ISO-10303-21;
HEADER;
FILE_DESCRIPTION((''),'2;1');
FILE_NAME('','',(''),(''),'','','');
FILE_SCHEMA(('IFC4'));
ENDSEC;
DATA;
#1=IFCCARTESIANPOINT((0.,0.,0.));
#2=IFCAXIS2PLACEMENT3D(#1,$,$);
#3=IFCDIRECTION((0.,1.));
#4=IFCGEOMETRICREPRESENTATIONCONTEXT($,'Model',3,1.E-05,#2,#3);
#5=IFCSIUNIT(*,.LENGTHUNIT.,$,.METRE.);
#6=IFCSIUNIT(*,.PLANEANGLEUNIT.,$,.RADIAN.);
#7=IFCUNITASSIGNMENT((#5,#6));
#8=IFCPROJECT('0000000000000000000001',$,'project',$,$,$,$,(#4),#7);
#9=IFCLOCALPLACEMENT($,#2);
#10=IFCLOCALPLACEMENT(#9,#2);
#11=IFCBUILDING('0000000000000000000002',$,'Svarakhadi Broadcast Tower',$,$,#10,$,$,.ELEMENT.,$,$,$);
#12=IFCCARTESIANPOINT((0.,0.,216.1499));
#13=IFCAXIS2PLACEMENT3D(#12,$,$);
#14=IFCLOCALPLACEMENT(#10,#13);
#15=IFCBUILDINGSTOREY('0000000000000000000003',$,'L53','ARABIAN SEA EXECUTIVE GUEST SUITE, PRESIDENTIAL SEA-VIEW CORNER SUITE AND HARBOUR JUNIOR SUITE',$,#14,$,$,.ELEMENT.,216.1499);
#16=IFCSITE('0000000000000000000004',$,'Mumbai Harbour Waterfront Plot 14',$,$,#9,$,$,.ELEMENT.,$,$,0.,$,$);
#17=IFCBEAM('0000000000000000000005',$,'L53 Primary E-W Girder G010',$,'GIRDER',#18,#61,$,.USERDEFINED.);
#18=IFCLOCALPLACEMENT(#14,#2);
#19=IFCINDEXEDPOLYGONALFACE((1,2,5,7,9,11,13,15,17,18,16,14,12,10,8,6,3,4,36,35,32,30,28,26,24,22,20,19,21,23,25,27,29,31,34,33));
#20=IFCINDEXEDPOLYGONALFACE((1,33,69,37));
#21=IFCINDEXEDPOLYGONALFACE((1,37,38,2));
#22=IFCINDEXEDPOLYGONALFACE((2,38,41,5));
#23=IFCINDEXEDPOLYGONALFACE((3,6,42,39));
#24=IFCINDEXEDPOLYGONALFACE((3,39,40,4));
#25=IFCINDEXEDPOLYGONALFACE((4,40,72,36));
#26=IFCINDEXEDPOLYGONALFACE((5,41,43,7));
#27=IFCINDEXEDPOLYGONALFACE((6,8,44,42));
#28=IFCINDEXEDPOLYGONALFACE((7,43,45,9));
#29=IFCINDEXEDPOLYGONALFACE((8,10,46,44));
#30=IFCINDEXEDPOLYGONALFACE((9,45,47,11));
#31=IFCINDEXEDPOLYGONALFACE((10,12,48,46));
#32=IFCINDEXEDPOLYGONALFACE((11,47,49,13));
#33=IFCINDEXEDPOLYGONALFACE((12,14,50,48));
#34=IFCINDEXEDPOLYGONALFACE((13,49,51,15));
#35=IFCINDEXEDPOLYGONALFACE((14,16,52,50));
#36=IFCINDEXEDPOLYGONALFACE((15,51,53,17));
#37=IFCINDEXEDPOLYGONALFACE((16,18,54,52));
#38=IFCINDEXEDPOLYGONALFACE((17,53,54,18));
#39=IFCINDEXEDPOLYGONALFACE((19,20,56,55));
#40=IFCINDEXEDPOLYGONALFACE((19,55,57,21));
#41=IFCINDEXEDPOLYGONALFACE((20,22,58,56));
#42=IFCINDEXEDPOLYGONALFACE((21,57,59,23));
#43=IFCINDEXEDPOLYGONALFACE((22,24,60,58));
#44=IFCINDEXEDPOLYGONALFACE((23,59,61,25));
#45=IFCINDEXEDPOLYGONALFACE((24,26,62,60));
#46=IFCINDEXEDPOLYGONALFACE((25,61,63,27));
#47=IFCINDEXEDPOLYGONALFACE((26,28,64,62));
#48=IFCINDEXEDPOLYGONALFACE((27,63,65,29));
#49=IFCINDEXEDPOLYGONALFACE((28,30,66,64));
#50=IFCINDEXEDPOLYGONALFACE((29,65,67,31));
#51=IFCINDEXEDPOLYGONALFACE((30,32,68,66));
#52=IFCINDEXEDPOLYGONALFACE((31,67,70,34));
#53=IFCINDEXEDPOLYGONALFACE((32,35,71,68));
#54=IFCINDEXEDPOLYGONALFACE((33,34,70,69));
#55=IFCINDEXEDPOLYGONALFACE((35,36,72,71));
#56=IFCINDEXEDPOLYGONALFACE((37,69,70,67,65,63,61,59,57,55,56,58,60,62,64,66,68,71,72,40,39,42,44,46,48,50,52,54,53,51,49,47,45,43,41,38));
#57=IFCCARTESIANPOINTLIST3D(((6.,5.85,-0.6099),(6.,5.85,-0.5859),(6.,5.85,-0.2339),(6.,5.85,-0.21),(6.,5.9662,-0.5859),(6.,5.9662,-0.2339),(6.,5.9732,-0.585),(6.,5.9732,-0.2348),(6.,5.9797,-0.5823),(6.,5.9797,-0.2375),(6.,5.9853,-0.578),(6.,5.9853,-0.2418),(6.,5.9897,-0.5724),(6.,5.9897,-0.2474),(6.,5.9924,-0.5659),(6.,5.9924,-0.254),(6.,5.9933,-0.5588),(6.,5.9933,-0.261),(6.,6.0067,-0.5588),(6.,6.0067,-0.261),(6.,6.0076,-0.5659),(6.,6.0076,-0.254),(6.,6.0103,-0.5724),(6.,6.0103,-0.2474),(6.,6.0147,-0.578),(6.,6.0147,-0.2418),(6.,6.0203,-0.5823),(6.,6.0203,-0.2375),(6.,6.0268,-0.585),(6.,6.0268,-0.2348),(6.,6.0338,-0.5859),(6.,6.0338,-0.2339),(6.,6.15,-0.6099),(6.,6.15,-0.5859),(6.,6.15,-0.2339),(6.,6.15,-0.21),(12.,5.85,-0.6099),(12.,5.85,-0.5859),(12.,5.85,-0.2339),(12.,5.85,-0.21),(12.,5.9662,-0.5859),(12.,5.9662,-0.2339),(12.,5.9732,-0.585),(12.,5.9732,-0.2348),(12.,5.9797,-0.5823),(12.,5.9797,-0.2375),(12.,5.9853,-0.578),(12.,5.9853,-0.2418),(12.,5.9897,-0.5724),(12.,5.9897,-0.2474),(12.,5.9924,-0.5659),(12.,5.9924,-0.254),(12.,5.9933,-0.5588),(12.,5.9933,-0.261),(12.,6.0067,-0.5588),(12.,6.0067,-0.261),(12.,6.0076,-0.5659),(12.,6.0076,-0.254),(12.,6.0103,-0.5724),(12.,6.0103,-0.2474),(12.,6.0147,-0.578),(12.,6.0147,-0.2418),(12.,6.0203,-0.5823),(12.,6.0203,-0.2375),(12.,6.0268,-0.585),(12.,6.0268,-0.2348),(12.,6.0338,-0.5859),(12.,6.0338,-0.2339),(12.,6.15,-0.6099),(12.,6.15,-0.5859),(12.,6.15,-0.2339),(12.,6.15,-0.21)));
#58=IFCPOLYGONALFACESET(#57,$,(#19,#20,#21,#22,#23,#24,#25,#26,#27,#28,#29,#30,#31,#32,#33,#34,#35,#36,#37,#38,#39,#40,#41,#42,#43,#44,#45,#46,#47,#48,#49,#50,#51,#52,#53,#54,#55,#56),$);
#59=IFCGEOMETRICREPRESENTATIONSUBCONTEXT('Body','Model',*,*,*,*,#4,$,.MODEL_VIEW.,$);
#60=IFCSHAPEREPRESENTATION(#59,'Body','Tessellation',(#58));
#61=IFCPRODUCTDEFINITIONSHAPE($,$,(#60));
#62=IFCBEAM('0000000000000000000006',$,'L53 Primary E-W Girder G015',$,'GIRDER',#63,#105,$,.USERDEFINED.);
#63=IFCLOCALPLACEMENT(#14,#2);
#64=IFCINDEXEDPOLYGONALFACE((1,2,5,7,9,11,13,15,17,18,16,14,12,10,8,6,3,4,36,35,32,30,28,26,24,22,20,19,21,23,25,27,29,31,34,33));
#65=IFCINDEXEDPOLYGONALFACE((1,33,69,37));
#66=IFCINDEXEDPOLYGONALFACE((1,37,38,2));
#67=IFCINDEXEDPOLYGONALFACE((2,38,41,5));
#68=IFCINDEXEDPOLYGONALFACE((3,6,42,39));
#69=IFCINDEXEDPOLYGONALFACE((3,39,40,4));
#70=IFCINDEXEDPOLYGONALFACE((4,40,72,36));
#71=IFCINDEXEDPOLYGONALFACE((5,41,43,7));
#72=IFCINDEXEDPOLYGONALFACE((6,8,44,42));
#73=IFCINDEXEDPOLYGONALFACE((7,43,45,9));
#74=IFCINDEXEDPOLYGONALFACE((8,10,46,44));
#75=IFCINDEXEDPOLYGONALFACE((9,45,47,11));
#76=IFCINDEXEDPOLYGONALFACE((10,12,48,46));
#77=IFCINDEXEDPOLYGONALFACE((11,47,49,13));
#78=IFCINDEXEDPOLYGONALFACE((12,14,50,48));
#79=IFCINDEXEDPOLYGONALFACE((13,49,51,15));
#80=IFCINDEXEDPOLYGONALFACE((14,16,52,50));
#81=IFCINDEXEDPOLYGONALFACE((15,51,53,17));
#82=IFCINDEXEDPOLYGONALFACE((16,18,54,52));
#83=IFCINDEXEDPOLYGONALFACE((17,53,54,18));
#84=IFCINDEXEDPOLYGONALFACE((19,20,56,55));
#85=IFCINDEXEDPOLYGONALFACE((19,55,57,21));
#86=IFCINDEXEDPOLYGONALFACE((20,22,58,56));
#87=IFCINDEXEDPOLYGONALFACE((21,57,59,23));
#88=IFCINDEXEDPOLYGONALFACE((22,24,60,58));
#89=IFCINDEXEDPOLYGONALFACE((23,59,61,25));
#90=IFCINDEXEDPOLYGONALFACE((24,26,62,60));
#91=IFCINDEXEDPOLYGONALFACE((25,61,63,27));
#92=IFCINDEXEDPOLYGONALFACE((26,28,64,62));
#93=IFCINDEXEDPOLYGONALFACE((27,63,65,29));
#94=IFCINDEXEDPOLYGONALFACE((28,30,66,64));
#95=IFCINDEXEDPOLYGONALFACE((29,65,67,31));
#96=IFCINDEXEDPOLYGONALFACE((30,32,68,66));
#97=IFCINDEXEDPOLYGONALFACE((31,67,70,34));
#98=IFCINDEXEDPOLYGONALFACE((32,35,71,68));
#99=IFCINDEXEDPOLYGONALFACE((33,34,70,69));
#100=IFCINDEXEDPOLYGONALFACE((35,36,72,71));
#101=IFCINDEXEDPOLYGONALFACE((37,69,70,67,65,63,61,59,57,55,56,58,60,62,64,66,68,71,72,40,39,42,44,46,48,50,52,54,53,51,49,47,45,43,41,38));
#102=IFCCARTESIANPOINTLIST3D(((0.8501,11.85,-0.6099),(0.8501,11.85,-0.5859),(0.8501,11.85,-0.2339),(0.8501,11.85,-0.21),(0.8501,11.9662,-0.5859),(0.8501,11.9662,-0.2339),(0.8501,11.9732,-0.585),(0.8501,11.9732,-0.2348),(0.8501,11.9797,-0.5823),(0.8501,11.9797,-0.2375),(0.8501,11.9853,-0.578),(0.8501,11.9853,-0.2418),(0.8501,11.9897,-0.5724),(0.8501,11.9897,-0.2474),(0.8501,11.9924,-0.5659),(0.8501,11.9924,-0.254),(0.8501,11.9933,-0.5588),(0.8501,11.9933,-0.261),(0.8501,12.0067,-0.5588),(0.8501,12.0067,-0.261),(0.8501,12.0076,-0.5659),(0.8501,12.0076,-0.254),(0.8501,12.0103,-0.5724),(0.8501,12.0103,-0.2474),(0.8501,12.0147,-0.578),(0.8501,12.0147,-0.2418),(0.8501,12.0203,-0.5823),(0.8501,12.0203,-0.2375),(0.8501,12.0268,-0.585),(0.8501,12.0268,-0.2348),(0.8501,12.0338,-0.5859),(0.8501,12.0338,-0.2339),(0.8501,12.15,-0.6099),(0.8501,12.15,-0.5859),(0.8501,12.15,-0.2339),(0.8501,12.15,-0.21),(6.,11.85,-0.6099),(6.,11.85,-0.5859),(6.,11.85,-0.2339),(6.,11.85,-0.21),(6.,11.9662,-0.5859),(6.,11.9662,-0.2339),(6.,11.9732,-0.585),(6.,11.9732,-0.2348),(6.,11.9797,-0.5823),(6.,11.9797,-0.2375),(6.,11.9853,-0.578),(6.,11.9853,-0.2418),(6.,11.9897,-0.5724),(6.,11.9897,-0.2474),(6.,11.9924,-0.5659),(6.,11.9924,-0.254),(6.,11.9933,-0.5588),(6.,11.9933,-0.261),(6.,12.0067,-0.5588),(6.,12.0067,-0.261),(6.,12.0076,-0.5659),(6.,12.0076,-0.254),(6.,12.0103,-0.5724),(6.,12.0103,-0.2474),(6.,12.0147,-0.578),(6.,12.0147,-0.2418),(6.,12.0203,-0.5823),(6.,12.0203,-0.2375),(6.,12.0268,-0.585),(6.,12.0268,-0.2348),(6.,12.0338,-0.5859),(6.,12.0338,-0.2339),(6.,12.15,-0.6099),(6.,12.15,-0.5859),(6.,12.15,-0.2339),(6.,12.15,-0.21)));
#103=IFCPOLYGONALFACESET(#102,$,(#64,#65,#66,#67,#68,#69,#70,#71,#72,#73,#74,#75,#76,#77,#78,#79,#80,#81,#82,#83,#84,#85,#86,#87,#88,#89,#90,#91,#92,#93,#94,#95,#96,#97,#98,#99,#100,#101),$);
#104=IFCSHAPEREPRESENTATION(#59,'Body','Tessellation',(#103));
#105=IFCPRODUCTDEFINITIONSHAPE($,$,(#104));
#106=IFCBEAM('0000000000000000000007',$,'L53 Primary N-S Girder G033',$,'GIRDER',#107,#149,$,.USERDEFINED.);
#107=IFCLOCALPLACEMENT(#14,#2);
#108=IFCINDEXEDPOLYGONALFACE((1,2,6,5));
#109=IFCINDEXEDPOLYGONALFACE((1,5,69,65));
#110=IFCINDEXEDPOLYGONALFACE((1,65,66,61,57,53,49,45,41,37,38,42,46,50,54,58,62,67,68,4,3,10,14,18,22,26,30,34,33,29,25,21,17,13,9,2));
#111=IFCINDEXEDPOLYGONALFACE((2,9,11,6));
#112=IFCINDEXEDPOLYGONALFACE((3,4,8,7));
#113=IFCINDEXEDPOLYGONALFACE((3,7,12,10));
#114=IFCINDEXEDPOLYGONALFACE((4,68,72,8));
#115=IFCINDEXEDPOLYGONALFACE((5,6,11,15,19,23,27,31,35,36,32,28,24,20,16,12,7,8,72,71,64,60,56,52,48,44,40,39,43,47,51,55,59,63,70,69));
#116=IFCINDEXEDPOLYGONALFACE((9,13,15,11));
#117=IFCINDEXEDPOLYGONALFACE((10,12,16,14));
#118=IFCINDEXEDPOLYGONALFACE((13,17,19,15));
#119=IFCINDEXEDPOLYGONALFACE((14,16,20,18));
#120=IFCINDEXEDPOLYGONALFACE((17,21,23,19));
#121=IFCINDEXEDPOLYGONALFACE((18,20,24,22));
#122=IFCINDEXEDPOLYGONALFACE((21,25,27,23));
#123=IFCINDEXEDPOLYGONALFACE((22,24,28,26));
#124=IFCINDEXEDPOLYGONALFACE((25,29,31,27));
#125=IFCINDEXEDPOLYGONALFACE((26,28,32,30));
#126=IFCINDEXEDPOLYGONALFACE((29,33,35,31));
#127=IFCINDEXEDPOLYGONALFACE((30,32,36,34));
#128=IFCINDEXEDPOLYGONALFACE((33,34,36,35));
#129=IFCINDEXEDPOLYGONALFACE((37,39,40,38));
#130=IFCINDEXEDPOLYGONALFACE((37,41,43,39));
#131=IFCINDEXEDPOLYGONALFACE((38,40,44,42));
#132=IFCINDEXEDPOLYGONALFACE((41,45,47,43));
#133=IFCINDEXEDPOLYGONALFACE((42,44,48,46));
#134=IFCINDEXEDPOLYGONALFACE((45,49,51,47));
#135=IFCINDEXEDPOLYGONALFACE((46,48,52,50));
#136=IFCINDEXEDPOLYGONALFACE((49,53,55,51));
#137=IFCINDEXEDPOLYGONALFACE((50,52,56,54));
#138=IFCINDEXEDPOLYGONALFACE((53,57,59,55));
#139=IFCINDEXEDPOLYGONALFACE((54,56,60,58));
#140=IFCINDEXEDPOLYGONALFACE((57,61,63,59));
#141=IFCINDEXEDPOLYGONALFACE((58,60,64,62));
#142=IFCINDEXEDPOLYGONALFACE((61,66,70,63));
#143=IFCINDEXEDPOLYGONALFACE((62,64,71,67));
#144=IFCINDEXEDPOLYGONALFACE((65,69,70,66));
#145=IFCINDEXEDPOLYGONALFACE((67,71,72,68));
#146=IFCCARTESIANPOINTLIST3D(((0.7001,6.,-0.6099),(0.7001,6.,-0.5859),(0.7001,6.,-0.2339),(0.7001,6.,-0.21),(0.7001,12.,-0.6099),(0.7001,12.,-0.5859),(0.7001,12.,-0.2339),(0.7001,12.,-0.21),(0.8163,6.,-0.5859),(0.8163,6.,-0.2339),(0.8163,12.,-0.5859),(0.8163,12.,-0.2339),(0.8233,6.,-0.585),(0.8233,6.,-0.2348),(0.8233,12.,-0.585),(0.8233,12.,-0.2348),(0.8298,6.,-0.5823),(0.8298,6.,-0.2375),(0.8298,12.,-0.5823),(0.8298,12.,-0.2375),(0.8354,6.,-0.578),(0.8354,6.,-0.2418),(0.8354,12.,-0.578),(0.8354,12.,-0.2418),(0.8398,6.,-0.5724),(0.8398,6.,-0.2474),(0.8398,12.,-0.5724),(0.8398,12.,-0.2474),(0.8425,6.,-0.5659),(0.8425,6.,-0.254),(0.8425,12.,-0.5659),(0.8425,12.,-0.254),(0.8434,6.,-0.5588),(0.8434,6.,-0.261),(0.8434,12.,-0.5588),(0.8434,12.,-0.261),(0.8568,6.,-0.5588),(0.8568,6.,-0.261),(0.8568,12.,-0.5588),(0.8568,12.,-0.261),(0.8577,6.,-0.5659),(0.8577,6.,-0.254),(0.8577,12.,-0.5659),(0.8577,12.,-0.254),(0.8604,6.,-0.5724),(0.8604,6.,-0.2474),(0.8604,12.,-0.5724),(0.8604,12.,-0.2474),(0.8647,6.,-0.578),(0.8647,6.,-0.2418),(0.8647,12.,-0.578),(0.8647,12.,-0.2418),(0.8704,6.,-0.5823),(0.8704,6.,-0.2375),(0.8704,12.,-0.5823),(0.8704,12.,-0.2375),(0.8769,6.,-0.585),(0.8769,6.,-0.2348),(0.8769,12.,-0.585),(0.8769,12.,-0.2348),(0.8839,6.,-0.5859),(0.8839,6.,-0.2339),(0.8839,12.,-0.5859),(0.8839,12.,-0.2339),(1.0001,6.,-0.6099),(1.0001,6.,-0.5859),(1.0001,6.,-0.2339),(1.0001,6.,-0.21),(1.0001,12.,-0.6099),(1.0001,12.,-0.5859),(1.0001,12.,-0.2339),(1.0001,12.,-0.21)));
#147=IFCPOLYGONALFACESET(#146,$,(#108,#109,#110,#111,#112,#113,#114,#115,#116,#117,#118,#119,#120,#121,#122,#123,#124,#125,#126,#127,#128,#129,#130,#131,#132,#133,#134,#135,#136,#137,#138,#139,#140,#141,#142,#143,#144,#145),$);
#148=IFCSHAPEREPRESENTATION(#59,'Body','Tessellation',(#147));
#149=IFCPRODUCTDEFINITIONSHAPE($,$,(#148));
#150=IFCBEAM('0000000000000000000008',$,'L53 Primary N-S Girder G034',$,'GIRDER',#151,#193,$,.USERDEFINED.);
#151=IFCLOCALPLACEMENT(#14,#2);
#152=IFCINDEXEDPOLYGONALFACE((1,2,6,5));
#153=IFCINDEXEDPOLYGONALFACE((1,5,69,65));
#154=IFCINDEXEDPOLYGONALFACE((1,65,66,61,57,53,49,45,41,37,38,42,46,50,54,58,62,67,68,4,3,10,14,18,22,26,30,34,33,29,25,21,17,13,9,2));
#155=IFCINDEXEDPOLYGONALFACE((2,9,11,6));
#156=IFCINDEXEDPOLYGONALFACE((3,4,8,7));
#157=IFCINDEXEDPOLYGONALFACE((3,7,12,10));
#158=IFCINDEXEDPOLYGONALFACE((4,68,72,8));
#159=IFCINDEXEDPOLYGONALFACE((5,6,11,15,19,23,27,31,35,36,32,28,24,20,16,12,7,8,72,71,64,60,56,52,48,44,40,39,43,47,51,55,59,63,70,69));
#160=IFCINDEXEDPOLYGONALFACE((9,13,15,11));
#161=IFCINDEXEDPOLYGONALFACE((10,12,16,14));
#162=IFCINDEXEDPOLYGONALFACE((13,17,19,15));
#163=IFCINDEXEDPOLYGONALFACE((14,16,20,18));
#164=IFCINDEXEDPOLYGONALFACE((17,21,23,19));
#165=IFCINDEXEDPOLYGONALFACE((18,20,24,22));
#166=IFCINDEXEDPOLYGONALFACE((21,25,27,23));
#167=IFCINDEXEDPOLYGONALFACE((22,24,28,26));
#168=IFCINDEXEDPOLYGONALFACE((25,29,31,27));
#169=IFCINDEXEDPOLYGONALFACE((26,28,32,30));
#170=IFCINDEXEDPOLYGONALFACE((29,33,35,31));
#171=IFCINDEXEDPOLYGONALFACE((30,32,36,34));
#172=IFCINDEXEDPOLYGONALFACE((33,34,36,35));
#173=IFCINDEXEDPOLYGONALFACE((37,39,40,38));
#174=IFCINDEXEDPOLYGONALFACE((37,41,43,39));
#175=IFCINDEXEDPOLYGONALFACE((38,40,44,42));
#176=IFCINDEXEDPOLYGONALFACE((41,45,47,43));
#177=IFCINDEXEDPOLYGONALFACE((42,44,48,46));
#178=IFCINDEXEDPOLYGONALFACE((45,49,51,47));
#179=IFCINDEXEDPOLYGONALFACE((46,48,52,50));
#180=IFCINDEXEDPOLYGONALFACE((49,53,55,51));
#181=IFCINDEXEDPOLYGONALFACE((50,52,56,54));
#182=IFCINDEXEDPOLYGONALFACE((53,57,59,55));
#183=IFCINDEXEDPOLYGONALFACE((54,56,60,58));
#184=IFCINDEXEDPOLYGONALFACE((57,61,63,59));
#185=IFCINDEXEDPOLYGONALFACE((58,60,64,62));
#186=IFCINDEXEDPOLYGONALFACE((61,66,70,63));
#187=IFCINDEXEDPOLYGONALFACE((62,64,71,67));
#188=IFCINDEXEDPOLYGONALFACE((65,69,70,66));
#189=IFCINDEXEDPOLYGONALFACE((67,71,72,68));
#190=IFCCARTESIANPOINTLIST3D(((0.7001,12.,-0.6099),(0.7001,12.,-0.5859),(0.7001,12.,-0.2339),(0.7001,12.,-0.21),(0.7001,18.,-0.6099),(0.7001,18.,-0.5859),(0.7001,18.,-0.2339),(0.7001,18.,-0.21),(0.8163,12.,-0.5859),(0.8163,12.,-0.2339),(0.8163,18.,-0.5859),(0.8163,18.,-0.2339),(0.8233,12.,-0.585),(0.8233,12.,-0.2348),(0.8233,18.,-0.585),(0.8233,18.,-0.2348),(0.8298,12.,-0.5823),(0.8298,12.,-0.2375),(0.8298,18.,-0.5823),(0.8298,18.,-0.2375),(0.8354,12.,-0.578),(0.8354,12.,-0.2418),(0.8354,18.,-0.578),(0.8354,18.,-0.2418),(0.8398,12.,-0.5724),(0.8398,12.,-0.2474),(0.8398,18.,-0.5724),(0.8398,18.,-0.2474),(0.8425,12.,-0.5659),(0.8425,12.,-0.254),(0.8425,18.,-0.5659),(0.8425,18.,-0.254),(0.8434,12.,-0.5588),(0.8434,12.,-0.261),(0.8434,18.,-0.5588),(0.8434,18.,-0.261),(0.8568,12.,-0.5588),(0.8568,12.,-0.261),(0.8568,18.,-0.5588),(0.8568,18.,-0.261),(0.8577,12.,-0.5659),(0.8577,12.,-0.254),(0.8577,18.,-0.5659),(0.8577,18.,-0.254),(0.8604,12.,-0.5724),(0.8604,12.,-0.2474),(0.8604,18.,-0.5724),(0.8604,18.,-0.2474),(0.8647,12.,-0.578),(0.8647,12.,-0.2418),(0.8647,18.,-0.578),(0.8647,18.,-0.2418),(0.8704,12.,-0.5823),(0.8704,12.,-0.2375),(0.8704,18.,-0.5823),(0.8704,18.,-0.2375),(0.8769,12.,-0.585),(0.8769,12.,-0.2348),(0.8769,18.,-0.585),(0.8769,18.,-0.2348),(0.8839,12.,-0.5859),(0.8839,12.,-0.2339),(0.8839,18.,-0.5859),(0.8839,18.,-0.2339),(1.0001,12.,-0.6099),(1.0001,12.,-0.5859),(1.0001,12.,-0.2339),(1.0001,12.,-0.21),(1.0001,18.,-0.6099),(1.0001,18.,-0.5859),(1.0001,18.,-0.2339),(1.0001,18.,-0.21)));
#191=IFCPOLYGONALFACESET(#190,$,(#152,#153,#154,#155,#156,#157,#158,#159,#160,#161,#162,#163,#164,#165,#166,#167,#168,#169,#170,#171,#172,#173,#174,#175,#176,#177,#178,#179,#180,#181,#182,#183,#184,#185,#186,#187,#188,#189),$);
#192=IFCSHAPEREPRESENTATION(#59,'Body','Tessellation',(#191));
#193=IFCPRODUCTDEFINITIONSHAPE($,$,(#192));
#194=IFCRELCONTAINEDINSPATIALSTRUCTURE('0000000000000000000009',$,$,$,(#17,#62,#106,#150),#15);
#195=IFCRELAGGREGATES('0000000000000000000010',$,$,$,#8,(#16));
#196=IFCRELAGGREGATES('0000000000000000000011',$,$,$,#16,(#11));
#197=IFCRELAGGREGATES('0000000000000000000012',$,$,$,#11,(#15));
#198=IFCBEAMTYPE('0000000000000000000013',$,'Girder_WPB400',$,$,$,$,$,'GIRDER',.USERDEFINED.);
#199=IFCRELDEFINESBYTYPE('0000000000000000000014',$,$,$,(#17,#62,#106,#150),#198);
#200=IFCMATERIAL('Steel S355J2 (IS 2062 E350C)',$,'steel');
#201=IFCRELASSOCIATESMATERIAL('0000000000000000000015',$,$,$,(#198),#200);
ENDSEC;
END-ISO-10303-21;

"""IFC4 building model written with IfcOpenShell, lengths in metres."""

from ifc_helpers import new_model, si_unit, direction, frame, origin, origin_2d, place, context, subcontext, project, spatial, i_section, extrude, material, material_profile, profile_set, type_object, element, save


model = new_model("IFC4")

# Units and contexts
model_context = context("Model", 3, precision=1e-05, world=origin(), true_north=direction((0.0, 1.0)))
body_context = subcontext(model_context, "Body", "Model", "MODEL_VIEW")
ifc_project = project(units=[si_unit("LENGTHUNIT", "METRE"), si_unit("PLANEANGLEUNIT", "RADIAN")], contexts=[model_context])

# Site, building, storey
site_placement = place(None, origin())
site = spatial("IfcSite", under=ifc_project, at=site_placement, Name="Mumbai Harbour Waterfront Plot 14", CompositionType="ELEMENT", RefElevation=0.0)
building_placement = place(site_placement, origin())
building = spatial("IfcBuilding", under=site, at=building_placement, Name="Svarakhadi Broadcast Tower", CompositionType="ELEMENT")
storey_placement = place(building_placement, frame((0.0, 0.0, 216.1499)))
storey = spatial("IfcBuildingStorey", under=building, at=storey_placement, Name="L53", Description="ARABIAN SEA EXECUTIVE GUEST SUITE, PRESIDENTIAL SEA-VIEW CORNER SUITE AND HARBOUR JUNIOR SUITE", CompositionType="ELEMENT", Elevation=216.1499)

# Shared definitions
ifc_material_1 = material(Name="Steel S355J2 (IS 2062 E350C)", Category="steel")

# Beams
ifc_material_profile_1 = material_profile(ifc_material_1, i_section(OverallWidth=0.3, OverallDepth=0.3999, WebThickness=0.0134, FlangeThickness=0.0239, FilletRadius=0.0271, at=origin_2d()), Name="WPB 400x300x155")
ifc_profile_set_1 = profile_set([ifc_material_profile_1], Name="Steel S355J2 (IS 2062 E350C)")
beam_type_1 = type_object("IfcBeamType", Name="Girder_WPB400", ElementType="GIRDER", PredefinedType="USERDEFINED", material=ifc_profile_set_1)
beam_1_placement = place(storey_placement, frame((6.0, 6.0, -0.4099), z_axis=(1.0, 0.0, 0.0), x_axis=(0.0, 1.0, 0.0)))
element("IfcBeam", 1, at=beam_1_placement, inside=storey, type_object=beam_type_1, Name="L53 Primary E-W Girder G010", ObjectType="GIRDER", PredefinedType="USERDEFINED", context=body_context, shape_type="SweptSolid", body=[
    extrude(i_section(OverallWidth=0.3, OverallDepth=0.3999, WebThickness=0.0134, FlangeThickness=0.0239, FilletRadius=0.0271, at=origin_2d()), origin(), (0.0, 0.0, 1.0), 6.0),
])
beam_2_placement = place(storey_placement, frame((0.8501, 12.0, -0.4099), z_axis=(1.0, 0.0, 0.0), x_axis=(0.0, 1.0, 0.0)))
element("IfcBeam", 2, at=beam_2_placement, inside=storey, type_object=beam_type_1, Name="L53 Primary E-W Girder G015", ObjectType="GIRDER", PredefinedType="USERDEFINED", context=body_context, shape_type="SweptSolid", body=[
    extrude(i_section(OverallWidth=0.3, OverallDepth=0.3999, WebThickness=0.0134, FlangeThickness=0.0239, FilletRadius=0.0271, at=origin_2d()), origin(), (0.0, 0.0, 1.0), 5.1499),
])
for number, where, z_axis, x_axis, name in (
    (3, (0.8501, 6.0, -0.4099), (0.0, 1.0, 0.0), (-1.0, 0.0, 0.0), "L53 Primary N-S Girder G033"),
    (4, (0.8501, 12.0, -0.4099), (0.0, 1.0, 0.0), (-1.0, 0.0, 0.0), "L53 Primary N-S Girder G034"),
):
    element("IfcBeam", number, at=place(storey_placement, frame(where, z_axis=z_axis, x_axis=x_axis)), inside=storey, type_object=beam_type_1, Name=name, ObjectType="GIRDER", PredefinedType="USERDEFINED", context=body_context, shape_type="SweptSolid", body=[
        extrude(i_section(OverallWidth=0.3, OverallDepth=0.3999, WebThickness=0.0134, FlangeThickness=0.0239, FilletRadius=0.0271, at=origin_2d()), origin(), (0.0, 0.0, 1.0), 6.0),
    ])

save(model, "model.ifc")
